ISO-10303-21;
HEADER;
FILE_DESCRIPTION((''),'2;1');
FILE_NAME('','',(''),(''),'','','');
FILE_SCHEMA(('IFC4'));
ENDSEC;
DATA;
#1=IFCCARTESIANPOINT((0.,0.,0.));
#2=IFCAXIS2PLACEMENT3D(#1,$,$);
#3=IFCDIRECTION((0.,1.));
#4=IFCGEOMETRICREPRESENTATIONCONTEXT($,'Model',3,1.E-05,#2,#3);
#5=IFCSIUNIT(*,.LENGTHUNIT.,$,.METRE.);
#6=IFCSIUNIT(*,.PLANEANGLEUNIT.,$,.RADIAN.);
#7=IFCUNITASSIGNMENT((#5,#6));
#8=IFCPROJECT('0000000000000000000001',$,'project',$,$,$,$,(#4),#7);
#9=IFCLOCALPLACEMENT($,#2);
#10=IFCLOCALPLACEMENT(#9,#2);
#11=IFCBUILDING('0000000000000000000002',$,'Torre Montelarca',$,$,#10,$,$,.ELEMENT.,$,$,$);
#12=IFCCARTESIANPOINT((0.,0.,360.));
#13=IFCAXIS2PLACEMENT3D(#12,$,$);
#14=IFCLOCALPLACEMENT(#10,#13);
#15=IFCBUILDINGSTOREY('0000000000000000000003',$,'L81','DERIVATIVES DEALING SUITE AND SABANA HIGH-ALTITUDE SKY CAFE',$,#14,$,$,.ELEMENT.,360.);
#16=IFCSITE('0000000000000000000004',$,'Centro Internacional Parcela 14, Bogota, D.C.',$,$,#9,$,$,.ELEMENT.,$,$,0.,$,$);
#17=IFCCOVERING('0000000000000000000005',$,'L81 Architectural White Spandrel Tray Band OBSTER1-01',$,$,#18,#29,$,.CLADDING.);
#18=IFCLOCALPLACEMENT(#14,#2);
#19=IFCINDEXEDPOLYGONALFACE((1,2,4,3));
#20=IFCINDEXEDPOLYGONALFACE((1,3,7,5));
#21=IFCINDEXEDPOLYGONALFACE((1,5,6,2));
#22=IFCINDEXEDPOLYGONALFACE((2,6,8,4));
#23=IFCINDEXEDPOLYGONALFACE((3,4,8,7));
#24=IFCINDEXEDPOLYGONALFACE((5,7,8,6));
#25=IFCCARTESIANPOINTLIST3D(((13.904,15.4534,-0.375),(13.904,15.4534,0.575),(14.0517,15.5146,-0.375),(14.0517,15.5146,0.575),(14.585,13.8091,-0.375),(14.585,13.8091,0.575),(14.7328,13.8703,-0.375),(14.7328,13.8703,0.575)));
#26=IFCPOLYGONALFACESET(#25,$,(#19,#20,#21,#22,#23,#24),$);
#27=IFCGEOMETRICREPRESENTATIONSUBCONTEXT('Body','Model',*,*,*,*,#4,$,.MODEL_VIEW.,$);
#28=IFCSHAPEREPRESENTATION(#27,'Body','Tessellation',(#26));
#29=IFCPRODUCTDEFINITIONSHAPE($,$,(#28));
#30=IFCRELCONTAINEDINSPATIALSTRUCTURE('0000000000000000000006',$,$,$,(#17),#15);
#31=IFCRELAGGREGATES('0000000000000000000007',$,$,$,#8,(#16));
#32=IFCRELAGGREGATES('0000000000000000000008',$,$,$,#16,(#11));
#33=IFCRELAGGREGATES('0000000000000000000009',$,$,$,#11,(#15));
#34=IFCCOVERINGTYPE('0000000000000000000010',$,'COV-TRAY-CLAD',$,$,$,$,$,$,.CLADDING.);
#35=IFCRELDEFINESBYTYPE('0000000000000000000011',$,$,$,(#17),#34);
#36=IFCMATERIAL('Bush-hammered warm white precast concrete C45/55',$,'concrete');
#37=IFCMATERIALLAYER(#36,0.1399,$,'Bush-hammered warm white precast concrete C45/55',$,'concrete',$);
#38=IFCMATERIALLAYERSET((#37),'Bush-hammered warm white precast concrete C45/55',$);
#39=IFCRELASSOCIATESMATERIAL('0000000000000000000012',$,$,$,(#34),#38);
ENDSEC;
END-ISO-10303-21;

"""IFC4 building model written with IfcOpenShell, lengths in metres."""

from ifc_helpers import new_model, si_unit, direction, frame, origin, origin_2d, place, context, subcontext, project, spatial, rectangle, extrude, source, transform, mapped, material, layer, layer_set, type_object, element, save


model = new_model("IFC4")

# Units and contexts
model_context = context("Model", 3, precision=1e-05, world=origin(), true_north=direction((0.0, 1.0)))
body_context = subcontext(model_context, "Body", "Model", "MODEL_VIEW")
ifc_project = project(units=[si_unit("LENGTHUNIT", "METRE"), si_unit("PLANEANGLEUNIT", "RADIAN")], contexts=[model_context])

# Site, building, storey
site_placement = place(None, origin())
site = spatial("IfcSite", under=ifc_project, at=site_placement, Name="Centro Internacional Parcela 14, Bogota, D.C.", CompositionType="ELEMENT", RefElevation=0.0)
building_placement = place(site_placement, origin())
building = spatial("IfcBuilding", under=site, at=building_placement, Name="Torre Montelarca", CompositionType="ELEMENT")
storey_placement = place(building_placement, frame((0.0, 0.0, 360.0)))
storey = spatial("IfcBuildingStorey", under=building, at=storey_placement, Name="L81", Description="DERIVATIVES DEALING SUITE AND SABANA HIGH-ALTITUDE SKY CAFE", CompositionType="ELEMENT", Elevation=360.0)

# Covering
ifc_material_1 = material(Name="Bush-hammered warm white precast concrete C45/55", Category="concrete")
ifc_layer_1 = layer(ifc_material_1, 0.1399, Name="Bush-hammered warm white precast concrete C45/55", Category="concrete")
ifc_layer_set_1 = layer_set([ifc_layer_1], Name="Bush-hammered warm white precast concrete C45/55")
covering_type = type_object("IfcCoveringType", Name="COV-TRAY-CLAD", PredefinedType="CLADDING", material=ifc_layer_set_1)
shared_shape_1 = source(origin(), body_context, "Body", "SweptSolid", [
    extrude(rectangle(XDim=1.7798, YDim=0.1599, at=origin_2d()), origin(), (0.0, 0.0, 1.0), 0.95),
])
covering_1_placement = place(storey_placement, frame((14.3184, 14.6619, -0.375), z_axis=(0.0, 0.0, 1.0), x_axis=(0.382664, -0.923888, 0.0)))
element("IfcCovering", 1, at=covering_1_placement, inside=storey, type_object=covering_type, Name="L81 Architectural White Spandrel Tray Band OBSTER1-01", PredefinedType="CLADDING", context=body_context, shape_type="MappedRepresentation", body=[
    mapped(shared_shape_1, transform((0.0, 0.0, 0.0), scale=1.0)),
])

save(model, "model.ifc")
